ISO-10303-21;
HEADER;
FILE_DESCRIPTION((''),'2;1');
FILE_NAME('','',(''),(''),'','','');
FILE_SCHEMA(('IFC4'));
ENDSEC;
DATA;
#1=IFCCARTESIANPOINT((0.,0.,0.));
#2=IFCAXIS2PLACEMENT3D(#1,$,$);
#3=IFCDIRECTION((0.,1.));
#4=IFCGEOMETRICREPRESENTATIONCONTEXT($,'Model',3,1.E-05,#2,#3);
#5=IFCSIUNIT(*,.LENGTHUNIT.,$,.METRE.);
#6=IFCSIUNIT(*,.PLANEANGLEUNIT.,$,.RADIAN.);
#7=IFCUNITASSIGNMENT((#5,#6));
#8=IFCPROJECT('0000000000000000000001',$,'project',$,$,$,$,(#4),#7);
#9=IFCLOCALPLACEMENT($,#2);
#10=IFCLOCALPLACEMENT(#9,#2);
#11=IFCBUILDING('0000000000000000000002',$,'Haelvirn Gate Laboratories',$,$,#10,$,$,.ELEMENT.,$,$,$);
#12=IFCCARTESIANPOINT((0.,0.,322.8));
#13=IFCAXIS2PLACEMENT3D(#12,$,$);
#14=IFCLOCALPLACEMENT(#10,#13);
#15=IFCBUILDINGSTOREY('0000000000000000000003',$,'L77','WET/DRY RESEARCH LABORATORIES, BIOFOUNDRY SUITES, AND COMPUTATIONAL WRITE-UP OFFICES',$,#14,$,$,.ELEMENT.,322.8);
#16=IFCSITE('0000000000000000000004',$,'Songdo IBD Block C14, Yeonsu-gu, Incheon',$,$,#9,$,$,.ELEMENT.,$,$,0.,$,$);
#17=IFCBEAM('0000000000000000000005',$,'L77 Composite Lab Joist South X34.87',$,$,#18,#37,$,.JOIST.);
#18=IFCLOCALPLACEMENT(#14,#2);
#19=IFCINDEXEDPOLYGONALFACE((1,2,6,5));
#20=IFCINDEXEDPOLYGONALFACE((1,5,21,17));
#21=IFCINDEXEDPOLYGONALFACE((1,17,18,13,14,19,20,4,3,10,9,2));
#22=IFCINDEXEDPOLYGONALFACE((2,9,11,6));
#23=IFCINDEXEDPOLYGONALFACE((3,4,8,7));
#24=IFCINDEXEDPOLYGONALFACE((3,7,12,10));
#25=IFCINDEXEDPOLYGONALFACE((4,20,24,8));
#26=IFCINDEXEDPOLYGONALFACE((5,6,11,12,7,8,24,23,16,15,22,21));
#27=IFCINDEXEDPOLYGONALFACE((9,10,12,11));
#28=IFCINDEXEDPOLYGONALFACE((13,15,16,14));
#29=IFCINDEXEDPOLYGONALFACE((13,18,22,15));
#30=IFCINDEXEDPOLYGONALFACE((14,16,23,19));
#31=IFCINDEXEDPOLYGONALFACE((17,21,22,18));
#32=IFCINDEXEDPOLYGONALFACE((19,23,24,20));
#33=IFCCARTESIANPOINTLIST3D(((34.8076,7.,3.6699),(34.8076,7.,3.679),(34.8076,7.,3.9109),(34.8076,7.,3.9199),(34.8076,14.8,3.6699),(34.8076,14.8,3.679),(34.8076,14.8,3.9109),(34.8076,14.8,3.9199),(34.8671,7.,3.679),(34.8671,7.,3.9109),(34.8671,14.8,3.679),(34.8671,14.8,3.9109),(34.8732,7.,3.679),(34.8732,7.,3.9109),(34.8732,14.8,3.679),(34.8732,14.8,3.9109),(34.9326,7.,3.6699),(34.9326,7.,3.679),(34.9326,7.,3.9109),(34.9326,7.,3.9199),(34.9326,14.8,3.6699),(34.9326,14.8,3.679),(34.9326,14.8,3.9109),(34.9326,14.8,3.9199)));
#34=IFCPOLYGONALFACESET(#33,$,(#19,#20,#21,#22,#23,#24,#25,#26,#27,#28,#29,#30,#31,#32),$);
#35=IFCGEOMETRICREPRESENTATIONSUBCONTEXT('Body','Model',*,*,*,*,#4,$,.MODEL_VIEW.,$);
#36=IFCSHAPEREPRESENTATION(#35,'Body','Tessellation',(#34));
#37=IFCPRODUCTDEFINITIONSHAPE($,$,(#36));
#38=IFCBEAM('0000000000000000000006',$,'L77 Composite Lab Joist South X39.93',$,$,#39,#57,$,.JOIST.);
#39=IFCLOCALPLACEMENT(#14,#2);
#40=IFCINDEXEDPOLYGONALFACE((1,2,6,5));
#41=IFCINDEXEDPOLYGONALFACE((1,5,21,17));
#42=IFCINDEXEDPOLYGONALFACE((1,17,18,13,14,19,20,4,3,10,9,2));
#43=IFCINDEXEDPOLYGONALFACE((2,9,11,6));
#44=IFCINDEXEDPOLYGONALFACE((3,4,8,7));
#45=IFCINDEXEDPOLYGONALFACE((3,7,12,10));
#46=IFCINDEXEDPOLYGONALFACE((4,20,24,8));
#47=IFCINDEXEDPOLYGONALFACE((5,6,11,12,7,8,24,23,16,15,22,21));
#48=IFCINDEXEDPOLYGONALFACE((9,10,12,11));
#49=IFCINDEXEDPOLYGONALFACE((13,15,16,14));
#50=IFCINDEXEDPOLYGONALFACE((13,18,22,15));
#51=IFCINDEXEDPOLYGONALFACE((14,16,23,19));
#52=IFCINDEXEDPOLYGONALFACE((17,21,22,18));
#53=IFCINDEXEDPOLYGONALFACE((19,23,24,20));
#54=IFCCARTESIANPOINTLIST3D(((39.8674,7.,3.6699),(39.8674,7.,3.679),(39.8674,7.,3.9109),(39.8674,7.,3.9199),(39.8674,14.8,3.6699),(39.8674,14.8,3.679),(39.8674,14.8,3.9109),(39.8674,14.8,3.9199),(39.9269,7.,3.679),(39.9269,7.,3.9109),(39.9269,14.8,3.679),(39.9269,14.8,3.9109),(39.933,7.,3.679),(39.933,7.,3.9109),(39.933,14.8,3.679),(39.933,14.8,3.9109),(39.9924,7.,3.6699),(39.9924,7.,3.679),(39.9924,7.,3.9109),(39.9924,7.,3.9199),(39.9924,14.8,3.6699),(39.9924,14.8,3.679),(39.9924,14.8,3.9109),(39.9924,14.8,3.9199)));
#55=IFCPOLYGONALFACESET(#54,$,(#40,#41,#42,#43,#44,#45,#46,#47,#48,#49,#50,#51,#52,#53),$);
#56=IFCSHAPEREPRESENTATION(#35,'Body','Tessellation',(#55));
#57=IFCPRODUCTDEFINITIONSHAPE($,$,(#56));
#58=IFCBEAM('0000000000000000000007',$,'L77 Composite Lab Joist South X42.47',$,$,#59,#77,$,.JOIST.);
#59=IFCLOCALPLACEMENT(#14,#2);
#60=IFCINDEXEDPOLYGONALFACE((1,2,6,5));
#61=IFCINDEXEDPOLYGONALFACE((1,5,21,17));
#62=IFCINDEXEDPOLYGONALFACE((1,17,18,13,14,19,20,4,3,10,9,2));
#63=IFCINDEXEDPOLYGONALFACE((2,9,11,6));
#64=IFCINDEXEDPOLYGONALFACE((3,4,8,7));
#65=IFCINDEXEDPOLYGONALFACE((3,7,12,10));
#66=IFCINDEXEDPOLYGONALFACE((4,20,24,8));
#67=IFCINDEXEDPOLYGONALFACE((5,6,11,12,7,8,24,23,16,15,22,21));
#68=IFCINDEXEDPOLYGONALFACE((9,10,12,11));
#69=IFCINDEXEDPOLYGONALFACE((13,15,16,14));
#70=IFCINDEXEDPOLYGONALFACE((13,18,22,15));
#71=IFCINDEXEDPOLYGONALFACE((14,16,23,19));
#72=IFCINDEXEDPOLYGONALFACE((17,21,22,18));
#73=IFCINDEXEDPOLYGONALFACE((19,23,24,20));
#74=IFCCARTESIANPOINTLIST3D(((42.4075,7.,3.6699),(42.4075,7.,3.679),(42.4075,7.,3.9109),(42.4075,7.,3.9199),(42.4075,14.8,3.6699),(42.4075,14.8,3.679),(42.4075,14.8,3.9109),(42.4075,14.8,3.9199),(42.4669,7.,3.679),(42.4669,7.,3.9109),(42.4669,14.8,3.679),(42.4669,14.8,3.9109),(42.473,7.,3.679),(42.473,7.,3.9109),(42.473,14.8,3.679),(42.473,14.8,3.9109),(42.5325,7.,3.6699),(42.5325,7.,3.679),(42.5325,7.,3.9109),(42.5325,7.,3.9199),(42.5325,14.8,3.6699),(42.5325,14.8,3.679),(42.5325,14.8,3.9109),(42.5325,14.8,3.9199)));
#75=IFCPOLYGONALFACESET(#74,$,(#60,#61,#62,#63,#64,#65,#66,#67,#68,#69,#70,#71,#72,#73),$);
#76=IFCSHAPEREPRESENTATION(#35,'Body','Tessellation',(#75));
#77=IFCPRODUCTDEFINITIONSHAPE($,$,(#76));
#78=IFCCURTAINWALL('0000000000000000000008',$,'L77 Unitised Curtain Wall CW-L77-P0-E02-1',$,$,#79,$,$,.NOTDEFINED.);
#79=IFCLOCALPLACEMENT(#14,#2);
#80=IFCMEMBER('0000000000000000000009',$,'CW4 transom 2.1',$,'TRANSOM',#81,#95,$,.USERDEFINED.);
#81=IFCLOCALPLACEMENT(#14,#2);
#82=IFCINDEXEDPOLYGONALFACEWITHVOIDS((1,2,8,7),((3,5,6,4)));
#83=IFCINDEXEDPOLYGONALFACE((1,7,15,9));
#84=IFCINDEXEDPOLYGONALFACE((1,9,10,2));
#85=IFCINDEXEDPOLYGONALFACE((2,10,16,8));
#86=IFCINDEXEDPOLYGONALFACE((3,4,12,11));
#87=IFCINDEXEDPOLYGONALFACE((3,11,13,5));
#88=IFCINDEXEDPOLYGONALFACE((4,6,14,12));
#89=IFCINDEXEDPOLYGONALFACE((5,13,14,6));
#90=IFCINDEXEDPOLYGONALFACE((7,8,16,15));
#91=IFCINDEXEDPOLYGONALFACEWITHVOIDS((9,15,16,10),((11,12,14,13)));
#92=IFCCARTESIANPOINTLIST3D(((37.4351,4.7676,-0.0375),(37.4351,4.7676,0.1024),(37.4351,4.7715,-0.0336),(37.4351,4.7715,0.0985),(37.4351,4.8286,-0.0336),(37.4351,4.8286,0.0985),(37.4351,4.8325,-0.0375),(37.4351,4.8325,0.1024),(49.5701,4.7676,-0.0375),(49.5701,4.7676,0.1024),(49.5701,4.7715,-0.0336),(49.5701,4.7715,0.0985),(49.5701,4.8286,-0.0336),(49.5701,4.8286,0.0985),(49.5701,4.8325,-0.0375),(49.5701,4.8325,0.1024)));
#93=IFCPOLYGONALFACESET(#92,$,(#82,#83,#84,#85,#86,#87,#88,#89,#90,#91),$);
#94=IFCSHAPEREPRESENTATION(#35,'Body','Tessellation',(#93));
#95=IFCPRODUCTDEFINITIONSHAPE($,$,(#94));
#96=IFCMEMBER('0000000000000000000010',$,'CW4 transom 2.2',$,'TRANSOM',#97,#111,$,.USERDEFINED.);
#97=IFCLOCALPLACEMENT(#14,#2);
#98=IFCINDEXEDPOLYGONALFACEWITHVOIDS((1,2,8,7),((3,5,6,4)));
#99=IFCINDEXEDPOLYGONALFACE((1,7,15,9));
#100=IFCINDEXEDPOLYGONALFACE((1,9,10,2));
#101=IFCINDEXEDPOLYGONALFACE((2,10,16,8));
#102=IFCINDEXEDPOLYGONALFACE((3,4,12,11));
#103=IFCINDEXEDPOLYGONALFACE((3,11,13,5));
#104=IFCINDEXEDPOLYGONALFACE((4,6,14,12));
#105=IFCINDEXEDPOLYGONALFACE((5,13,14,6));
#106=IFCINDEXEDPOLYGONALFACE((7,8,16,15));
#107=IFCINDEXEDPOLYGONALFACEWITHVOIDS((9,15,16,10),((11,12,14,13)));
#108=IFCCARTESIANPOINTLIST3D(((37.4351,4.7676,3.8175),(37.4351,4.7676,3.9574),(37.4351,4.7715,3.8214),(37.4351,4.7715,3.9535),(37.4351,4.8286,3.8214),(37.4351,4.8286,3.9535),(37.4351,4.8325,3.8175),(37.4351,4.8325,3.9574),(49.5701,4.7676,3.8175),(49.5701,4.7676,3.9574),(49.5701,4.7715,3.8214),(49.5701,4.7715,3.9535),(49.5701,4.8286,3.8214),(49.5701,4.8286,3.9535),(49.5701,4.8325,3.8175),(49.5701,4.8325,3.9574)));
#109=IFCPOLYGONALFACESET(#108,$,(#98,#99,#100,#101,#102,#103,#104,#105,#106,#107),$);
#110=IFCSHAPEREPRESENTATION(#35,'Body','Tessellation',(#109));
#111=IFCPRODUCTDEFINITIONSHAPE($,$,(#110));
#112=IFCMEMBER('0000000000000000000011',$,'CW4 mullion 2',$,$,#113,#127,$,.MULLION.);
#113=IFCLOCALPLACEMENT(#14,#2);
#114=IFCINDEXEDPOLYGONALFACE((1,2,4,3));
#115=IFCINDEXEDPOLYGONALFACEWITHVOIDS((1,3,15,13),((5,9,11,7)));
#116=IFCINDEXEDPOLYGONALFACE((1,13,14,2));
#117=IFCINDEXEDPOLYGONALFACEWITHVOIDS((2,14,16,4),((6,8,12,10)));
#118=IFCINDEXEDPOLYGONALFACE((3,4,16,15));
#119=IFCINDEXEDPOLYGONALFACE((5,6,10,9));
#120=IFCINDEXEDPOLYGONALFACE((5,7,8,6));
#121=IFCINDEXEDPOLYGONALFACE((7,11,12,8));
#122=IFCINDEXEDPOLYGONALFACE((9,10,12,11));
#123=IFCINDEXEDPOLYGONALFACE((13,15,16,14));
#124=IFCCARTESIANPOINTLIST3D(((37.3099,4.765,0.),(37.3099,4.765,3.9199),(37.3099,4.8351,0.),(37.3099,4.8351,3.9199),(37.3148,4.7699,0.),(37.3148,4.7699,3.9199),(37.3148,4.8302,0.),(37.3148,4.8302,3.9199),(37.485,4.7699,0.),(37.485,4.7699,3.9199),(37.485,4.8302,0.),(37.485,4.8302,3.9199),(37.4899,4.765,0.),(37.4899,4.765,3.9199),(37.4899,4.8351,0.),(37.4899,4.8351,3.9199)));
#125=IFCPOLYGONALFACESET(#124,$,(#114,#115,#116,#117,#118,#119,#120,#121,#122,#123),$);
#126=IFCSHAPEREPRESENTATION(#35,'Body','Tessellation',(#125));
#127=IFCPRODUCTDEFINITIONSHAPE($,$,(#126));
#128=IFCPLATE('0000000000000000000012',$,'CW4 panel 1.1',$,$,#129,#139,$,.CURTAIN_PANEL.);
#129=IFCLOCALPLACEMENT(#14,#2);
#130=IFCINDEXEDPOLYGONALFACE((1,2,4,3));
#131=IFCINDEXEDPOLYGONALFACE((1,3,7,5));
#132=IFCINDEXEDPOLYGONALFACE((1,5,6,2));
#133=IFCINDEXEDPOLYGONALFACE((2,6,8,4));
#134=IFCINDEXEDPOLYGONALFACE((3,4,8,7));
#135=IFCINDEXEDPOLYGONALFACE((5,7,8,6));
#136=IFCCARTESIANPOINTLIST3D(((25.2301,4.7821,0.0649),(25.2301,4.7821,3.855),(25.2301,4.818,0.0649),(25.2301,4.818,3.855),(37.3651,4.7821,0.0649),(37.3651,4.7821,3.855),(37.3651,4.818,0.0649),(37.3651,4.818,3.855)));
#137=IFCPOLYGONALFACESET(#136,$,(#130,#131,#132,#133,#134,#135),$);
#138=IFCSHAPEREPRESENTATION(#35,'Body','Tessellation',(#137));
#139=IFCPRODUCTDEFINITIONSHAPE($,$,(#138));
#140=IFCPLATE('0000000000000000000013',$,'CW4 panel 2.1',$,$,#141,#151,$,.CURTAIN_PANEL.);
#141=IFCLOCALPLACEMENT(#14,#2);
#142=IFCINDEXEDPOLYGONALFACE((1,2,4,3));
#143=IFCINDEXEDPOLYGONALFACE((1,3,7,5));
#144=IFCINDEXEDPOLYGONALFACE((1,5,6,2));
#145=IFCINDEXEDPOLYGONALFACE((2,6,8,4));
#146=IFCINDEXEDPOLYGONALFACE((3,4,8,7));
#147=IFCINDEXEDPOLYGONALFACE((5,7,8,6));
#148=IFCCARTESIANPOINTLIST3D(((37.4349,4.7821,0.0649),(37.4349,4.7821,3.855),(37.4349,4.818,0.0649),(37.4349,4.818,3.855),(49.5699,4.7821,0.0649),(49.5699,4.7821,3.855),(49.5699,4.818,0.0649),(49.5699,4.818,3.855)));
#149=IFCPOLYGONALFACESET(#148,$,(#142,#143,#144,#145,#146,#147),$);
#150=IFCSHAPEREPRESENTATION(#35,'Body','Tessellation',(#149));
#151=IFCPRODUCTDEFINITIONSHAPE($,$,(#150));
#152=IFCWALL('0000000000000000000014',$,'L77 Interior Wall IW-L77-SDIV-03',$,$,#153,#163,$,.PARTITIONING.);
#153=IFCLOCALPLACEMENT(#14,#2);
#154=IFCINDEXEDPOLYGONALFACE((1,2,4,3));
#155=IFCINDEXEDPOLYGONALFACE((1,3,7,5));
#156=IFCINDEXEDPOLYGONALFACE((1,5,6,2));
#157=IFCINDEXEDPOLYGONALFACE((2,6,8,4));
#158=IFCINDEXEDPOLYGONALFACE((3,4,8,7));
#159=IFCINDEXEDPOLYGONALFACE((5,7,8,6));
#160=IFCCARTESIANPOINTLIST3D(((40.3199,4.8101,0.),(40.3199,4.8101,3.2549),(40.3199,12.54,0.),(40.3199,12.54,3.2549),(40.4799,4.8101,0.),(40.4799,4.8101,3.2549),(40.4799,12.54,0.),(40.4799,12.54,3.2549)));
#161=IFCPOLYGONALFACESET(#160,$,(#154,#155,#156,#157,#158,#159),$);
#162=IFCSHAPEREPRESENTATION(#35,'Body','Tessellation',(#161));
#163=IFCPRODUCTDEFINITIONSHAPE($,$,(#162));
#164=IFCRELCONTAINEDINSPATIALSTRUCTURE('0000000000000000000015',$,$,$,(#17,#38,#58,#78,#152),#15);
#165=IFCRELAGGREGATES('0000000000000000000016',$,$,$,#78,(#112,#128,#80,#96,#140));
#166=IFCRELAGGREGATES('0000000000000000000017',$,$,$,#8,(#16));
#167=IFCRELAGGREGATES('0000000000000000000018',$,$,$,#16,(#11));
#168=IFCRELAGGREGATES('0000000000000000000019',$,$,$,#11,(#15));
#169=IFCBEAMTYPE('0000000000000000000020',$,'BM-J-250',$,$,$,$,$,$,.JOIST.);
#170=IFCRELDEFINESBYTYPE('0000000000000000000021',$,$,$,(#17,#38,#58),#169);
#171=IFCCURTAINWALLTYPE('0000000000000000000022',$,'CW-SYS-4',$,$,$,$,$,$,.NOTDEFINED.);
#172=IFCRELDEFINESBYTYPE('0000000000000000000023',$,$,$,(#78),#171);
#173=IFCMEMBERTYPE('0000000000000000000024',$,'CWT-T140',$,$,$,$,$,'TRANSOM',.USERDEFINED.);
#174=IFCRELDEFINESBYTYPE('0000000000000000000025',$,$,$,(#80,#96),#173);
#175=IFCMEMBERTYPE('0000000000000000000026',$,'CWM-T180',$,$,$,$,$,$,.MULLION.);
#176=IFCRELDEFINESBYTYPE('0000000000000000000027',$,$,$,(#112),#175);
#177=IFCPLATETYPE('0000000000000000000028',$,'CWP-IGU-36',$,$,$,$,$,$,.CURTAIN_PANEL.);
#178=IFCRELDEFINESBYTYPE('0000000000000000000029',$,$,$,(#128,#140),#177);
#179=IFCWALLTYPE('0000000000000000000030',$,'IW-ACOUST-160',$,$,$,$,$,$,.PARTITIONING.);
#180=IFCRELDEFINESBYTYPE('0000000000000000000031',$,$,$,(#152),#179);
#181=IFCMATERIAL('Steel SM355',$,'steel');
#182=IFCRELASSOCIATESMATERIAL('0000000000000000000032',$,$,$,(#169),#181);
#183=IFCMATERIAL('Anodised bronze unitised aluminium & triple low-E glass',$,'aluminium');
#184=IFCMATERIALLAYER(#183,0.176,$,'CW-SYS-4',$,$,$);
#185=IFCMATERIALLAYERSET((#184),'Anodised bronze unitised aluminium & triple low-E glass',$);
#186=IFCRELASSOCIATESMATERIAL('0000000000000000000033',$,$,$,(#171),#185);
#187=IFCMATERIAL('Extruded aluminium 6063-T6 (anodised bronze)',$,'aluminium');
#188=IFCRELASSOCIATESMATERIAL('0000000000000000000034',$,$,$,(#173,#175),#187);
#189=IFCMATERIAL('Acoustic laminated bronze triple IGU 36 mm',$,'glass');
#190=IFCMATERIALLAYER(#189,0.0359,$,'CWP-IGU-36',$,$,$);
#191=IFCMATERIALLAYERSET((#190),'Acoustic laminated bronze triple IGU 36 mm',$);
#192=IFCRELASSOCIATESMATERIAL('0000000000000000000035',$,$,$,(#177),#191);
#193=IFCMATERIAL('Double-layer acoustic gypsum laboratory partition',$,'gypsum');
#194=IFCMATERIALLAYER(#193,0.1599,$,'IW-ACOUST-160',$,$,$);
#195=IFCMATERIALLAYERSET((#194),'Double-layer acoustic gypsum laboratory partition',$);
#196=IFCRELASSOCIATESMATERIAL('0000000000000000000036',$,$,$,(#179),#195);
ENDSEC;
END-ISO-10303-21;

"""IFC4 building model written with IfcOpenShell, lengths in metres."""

from ifc_helpers import new_model, si_unit, direction, frame, frame_2d, origin, origin_2d, place, context, subcontext, project, spatial, rectangle, hollow_rectangle, i_section, extrude, source, transform, mapped, material, layer, layer_set, material_profile, profile_set, type_object, type_shapes, element, aggregate, save


model = new_model("IFC4")

# Units and contexts
model_context = context("Model", 3, precision=1e-05, world=origin(), true_north=direction((0.0, 1.0)))
body_context = subcontext(model_context, "Body", "Model", "MODEL_VIEW")
ifc_project = project(units=[si_unit("LENGTHUNIT", "METRE"), si_unit("PLANEANGLEUNIT", "RADIAN")], contexts=[model_context])

# Site, building, storey
site_placement = place(None, origin())
site = spatial("IfcSite", under=ifc_project, at=site_placement, Name="Songdo IBD Block C14, Yeonsu-gu, Incheon", CompositionType="ELEMENT", RefElevation=0.0)
building_placement = place(site_placement, origin())
building = spatial("IfcBuilding", under=site, at=building_placement, Name="Haelvirn Gate Laboratories", CompositionType="ELEMENT")
storey_placement = place(building_placement, frame((0.0, 0.0, 322.8)))
storey = spatial("IfcBuildingStorey", under=building, at=storey_placement, Name="L77", Description="WET/DRY RESEARCH LABORATORIES, BIOFOUNDRY SUITES, AND COMPUTATIONAL WRITE-UP OFFICES", CompositionType="ELEMENT", Elevation=322.8)

# Shared definitions
ifc_material_1 = material(Name="Steel SM355", Category="steel")

# Beams
ifc_material_profile_1 = material_profile(ifc_material_1, i_section(OverallWidth=0.125, OverallDepth=0.25, WebThickness=0.0061, FlangeThickness=0.009, at=origin_2d()), Name="H-250x125x6x9")
ifc_profile_set_1 = profile_set([ifc_material_profile_1], Name="Steel SM355")
beam_type_1 = type_object("IfcBeamType", Name="BM-J-250", PredefinedType="JOIST", material=ifc_profile_set_1)
shared_shape_1 = source(origin(), body_context, "Body", "SweptSolid", [
    extrude(i_section(OverallWidth=0.125, OverallDepth=0.25, WebThickness=0.0061, FlangeThickness=0.009, at=origin_2d()), origin(), (0.0, 0.0, 1.0), 7.8),
])
type_shapes(beam_type_1, [shared_shape_1])
for number, where, z_axis, x_axis, name in (
    (1, (34.8701, 7.0, 3.7949), (0.0, 1.0, 0.0), (-1.0, 0.0, 0.0), "L77 Composite Lab Joist South X34.87"),
    (2, (39.9299, 7.0, 3.7949), (0.0, 1.0, 0.0), (-1.0, 0.0, 0.0), "L77 Composite Lab Joist South X39.93"),
    (3, (42.47, 7.0, 3.7949), (0.0, 1.0, 0.0), (-1.0, 0.0, 0.0), "L77 Composite Lab Joist South X42.47"),
):
    element("IfcBeam", number, at=place(storey_placement, frame(where, z_axis=z_axis, x_axis=x_axis)), inside=storey, type_object=beam_type_1, Name=name, PredefinedType="JOIST", context=body_context, shape_type="MappedRepresentation", body=[
        mapped(shared_shape_1, transform((0.0, 0.0, 0.0), scale=1.0)),
    ])

# Curtain wall, members, plates
ifc_material_2 = material(Name="Anodised bronze unitised aluminium & triple low-E glass", Category="aluminium")
ifc_layer_1 = layer(ifc_material_2, 0.176, Name="CW-SYS-4")
ifc_layer_set_1 = layer_set([ifc_layer_1], Name="Anodised bronze unitised aluminium & triple low-E glass")
curtain_wall_type = type_object("IfcCurtainWallType", Name="CW-SYS-4", PredefinedType="NOTDEFINED", material=ifc_layer_set_1)
curtain_wall_placement = place(storey_placement, origin())
curtain_wall = element("IfcCurtainWall", 4, at=curtain_wall_placement, inside=storey, type_object=curtain_wall_type, Name="L77 Unitised Curtain Wall CW-L77-P0-E02-1", PredefinedType="NOTDEFINED")
ifc_material_3 = material(Name="Extruded aluminium 6063-T6 (anodised bronze)", Category="aluminium")
ifc_material_profile_2 = material_profile(ifc_material_3, hollow_rectangle(XDim=0.0649, YDim=0.1399, WallThickness=0.0039, at=origin_2d()), Name="CWT-140x65x4")
ifc_profile_set_2 = profile_set([ifc_material_profile_2], Name="Extruded aluminium 6063-T6 (anodised bronze)")
member_type_1 = type_object("IfcMemberType", Name="CWT-T140", ElementType="TRANSOM", PredefinedType="USERDEFINED", material=ifc_profile_set_2)
shared_shape_2 = source(origin(), body_context, "Body", "SweptSolid", [
    extrude(hollow_rectangle(XDim=0.0649, YDim=0.1399, WallThickness=0.0039, at=origin_2d()), origin(), (0.0, 0.0, 1.0), 12.135),
])
type_shapes(member_type_1, [shared_shape_2])
member_1_placement = place(storey_placement, frame((37.4351, 4.8, 0.0325), z_axis=(1.0, 0.0, 0.0), x_axis=(0.0, 1.0, 0.0)))
member_1 = element("IfcMember", 5, at=member_1_placement, type_object=member_type_1, Name="CW4 transom 2.1", ObjectType="TRANSOM", PredefinedType="USERDEFINED", context=body_context, shape_type="MappedRepresentation", body=[
    mapped(shared_shape_2, transform((0.0, 0.0, 0.0), scale=1.0)),
])
member_2_placement = place(storey_placement, frame((37.4351, 4.8, 3.8875), z_axis=(1.0, 0.0, 0.0), x_axis=(0.0, 1.0, 0.0)))
member_2 = element("IfcMember", 6, at=member_2_placement, type_object=member_type_1, Name="CW4 transom 2.2", ObjectType="TRANSOM", PredefinedType="USERDEFINED", context=body_context, shape_type="MappedRepresentation", body=[
    mapped(shared_shape_2, transform((0.0, 0.0, 0.0), scale=1.0)),
])
ifc_material_profile_3 = material_profile(ifc_material_3, hollow_rectangle(XDim=0.0701, YDim=0.1799, WallThickness=0.0049, at=origin_2d()), Name="CWM-180x70x5")
ifc_profile_set_3 = profile_set([ifc_material_profile_3], Name="Extruded aluminium 6063-T6 (anodised bronze)")
member_type_2 = type_object("IfcMemberType", Name="CWM-T180", PredefinedType="MULLION", material=ifc_profile_set_3)
shared_shape_3 = source(origin(), body_context, "Body", "SweptSolid", [
    extrude(hollow_rectangle(XDim=0.0701, YDim=0.1799, WallThickness=0.0049, at=origin_2d()), origin(), (0.0, 0.0, 1.0), 3.9199),
])
type_shapes(member_type_2, [shared_shape_3])
member_3_placement = place(storey_placement, frame((37.3999, 4.8, 0.0), z_axis=(0.0, 0.0, 1.0), x_axis=(0.0, 1.0, 0.0)))
member_3 = element("IfcMember", 7, at=member_3_placement, type_object=member_type_2, Name="CW4 mullion 2", PredefinedType="MULLION", context=body_context, shape_type="MappedRepresentation", body=[
    mapped(shared_shape_3, transform((0.0, 0.0, 0.0), scale=1.0)),
])
ifc_material_4 = material(Name="Acoustic laminated bronze triple IGU 36 mm", Category="glass")
ifc_layer_2 = layer(ifc_material_4, 0.0359, Name="CWP-IGU-36")
ifc_layer_set_2 = layer_set([ifc_layer_2], Name="Acoustic laminated bronze triple IGU 36 mm")
plate_type = type_object("IfcPlateType", Name="CWP-IGU-36", PredefinedType="CURTAIN_PANEL", material=ifc_layer_set_2)
shared_shape_4 = source(origin(), body_context, "Body", "SweptSolid", [
    extrude(rectangle(XDim=12.135, YDim=0.0359, at=origin_2d()), origin(), (0.0, 0.0, 1.0), 3.79),
])
type_shapes(plate_type, [shared_shape_4])
plate_1_placement = place(storey_placement, frame((31.2976, 4.8, 0.0649), z_axis=(0.0, 0.0, 1.0), x_axis=(1.0, 0.0, 0.0)))
plate_1 = element("IfcPlate", 8, at=plate_1_placement, type_object=plate_type, Name="CW4 panel 1.1", PredefinedType="CURTAIN_PANEL", context=body_context, shape_type="MappedRepresentation", body=[
    mapped(shared_shape_4, transform((0.0, 0.0, 0.0), scale=1.0)),
])
plate_2_placement = place(storey_placement, frame((43.5024, 4.8, 0.0649), z_axis=(0.0, 0.0, 1.0), x_axis=(1.0, 0.0, 0.0)))
plate_2 = element("IfcPlate", 9, at=plate_2_placement, type_object=plate_type, Name="CW4 panel 2.1", PredefinedType="CURTAIN_PANEL", context=body_context, shape_type="MappedRepresentation", body=[
    mapped(shared_shape_4, transform((0.0, 0.0, 0.0), scale=1.0)),
])
aggregate(curtain_wall, [member_3, plate_1, member_1, member_2, plate_2])

# Wall
ifc_material_5 = material(Name="Double-layer acoustic gypsum laboratory partition", Category="gypsum")
ifc_layer_3 = layer(ifc_material_5, 0.1599, Name="IW-ACOUST-160")
ifc_layer_set_3 = layer_set([ifc_layer_3], Name="Double-layer acoustic gypsum laboratory partition")
wall_type_1 = type_object("IfcWallType", Name="IW-ACOUST-160", PredefinedType="PARTITIONING", material=ifc_layer_set_3)
wall_1_placement = place(storey_placement, frame((40.3999, 4.8101, 0.0), z_axis=(0.0, 0.0, 1.0), x_axis=(0.0, 1.0, 0.0)))
element("IfcWall", 10, at=wall_1_placement, inside=storey, type_object=wall_type_1, Name="L77 Interior Wall IW-L77-SDIV-03", PredefinedType="PARTITIONING", context=body_context, shape_type="SweptSolid", body=[
    extrude(rectangle(XDim=7.73, YDim=0.1599, at=frame_2d((3.865, 0.0))), origin(), (0.0, 0.0, 1.0), 3.2549),
])

save(model, "model.ifc")
